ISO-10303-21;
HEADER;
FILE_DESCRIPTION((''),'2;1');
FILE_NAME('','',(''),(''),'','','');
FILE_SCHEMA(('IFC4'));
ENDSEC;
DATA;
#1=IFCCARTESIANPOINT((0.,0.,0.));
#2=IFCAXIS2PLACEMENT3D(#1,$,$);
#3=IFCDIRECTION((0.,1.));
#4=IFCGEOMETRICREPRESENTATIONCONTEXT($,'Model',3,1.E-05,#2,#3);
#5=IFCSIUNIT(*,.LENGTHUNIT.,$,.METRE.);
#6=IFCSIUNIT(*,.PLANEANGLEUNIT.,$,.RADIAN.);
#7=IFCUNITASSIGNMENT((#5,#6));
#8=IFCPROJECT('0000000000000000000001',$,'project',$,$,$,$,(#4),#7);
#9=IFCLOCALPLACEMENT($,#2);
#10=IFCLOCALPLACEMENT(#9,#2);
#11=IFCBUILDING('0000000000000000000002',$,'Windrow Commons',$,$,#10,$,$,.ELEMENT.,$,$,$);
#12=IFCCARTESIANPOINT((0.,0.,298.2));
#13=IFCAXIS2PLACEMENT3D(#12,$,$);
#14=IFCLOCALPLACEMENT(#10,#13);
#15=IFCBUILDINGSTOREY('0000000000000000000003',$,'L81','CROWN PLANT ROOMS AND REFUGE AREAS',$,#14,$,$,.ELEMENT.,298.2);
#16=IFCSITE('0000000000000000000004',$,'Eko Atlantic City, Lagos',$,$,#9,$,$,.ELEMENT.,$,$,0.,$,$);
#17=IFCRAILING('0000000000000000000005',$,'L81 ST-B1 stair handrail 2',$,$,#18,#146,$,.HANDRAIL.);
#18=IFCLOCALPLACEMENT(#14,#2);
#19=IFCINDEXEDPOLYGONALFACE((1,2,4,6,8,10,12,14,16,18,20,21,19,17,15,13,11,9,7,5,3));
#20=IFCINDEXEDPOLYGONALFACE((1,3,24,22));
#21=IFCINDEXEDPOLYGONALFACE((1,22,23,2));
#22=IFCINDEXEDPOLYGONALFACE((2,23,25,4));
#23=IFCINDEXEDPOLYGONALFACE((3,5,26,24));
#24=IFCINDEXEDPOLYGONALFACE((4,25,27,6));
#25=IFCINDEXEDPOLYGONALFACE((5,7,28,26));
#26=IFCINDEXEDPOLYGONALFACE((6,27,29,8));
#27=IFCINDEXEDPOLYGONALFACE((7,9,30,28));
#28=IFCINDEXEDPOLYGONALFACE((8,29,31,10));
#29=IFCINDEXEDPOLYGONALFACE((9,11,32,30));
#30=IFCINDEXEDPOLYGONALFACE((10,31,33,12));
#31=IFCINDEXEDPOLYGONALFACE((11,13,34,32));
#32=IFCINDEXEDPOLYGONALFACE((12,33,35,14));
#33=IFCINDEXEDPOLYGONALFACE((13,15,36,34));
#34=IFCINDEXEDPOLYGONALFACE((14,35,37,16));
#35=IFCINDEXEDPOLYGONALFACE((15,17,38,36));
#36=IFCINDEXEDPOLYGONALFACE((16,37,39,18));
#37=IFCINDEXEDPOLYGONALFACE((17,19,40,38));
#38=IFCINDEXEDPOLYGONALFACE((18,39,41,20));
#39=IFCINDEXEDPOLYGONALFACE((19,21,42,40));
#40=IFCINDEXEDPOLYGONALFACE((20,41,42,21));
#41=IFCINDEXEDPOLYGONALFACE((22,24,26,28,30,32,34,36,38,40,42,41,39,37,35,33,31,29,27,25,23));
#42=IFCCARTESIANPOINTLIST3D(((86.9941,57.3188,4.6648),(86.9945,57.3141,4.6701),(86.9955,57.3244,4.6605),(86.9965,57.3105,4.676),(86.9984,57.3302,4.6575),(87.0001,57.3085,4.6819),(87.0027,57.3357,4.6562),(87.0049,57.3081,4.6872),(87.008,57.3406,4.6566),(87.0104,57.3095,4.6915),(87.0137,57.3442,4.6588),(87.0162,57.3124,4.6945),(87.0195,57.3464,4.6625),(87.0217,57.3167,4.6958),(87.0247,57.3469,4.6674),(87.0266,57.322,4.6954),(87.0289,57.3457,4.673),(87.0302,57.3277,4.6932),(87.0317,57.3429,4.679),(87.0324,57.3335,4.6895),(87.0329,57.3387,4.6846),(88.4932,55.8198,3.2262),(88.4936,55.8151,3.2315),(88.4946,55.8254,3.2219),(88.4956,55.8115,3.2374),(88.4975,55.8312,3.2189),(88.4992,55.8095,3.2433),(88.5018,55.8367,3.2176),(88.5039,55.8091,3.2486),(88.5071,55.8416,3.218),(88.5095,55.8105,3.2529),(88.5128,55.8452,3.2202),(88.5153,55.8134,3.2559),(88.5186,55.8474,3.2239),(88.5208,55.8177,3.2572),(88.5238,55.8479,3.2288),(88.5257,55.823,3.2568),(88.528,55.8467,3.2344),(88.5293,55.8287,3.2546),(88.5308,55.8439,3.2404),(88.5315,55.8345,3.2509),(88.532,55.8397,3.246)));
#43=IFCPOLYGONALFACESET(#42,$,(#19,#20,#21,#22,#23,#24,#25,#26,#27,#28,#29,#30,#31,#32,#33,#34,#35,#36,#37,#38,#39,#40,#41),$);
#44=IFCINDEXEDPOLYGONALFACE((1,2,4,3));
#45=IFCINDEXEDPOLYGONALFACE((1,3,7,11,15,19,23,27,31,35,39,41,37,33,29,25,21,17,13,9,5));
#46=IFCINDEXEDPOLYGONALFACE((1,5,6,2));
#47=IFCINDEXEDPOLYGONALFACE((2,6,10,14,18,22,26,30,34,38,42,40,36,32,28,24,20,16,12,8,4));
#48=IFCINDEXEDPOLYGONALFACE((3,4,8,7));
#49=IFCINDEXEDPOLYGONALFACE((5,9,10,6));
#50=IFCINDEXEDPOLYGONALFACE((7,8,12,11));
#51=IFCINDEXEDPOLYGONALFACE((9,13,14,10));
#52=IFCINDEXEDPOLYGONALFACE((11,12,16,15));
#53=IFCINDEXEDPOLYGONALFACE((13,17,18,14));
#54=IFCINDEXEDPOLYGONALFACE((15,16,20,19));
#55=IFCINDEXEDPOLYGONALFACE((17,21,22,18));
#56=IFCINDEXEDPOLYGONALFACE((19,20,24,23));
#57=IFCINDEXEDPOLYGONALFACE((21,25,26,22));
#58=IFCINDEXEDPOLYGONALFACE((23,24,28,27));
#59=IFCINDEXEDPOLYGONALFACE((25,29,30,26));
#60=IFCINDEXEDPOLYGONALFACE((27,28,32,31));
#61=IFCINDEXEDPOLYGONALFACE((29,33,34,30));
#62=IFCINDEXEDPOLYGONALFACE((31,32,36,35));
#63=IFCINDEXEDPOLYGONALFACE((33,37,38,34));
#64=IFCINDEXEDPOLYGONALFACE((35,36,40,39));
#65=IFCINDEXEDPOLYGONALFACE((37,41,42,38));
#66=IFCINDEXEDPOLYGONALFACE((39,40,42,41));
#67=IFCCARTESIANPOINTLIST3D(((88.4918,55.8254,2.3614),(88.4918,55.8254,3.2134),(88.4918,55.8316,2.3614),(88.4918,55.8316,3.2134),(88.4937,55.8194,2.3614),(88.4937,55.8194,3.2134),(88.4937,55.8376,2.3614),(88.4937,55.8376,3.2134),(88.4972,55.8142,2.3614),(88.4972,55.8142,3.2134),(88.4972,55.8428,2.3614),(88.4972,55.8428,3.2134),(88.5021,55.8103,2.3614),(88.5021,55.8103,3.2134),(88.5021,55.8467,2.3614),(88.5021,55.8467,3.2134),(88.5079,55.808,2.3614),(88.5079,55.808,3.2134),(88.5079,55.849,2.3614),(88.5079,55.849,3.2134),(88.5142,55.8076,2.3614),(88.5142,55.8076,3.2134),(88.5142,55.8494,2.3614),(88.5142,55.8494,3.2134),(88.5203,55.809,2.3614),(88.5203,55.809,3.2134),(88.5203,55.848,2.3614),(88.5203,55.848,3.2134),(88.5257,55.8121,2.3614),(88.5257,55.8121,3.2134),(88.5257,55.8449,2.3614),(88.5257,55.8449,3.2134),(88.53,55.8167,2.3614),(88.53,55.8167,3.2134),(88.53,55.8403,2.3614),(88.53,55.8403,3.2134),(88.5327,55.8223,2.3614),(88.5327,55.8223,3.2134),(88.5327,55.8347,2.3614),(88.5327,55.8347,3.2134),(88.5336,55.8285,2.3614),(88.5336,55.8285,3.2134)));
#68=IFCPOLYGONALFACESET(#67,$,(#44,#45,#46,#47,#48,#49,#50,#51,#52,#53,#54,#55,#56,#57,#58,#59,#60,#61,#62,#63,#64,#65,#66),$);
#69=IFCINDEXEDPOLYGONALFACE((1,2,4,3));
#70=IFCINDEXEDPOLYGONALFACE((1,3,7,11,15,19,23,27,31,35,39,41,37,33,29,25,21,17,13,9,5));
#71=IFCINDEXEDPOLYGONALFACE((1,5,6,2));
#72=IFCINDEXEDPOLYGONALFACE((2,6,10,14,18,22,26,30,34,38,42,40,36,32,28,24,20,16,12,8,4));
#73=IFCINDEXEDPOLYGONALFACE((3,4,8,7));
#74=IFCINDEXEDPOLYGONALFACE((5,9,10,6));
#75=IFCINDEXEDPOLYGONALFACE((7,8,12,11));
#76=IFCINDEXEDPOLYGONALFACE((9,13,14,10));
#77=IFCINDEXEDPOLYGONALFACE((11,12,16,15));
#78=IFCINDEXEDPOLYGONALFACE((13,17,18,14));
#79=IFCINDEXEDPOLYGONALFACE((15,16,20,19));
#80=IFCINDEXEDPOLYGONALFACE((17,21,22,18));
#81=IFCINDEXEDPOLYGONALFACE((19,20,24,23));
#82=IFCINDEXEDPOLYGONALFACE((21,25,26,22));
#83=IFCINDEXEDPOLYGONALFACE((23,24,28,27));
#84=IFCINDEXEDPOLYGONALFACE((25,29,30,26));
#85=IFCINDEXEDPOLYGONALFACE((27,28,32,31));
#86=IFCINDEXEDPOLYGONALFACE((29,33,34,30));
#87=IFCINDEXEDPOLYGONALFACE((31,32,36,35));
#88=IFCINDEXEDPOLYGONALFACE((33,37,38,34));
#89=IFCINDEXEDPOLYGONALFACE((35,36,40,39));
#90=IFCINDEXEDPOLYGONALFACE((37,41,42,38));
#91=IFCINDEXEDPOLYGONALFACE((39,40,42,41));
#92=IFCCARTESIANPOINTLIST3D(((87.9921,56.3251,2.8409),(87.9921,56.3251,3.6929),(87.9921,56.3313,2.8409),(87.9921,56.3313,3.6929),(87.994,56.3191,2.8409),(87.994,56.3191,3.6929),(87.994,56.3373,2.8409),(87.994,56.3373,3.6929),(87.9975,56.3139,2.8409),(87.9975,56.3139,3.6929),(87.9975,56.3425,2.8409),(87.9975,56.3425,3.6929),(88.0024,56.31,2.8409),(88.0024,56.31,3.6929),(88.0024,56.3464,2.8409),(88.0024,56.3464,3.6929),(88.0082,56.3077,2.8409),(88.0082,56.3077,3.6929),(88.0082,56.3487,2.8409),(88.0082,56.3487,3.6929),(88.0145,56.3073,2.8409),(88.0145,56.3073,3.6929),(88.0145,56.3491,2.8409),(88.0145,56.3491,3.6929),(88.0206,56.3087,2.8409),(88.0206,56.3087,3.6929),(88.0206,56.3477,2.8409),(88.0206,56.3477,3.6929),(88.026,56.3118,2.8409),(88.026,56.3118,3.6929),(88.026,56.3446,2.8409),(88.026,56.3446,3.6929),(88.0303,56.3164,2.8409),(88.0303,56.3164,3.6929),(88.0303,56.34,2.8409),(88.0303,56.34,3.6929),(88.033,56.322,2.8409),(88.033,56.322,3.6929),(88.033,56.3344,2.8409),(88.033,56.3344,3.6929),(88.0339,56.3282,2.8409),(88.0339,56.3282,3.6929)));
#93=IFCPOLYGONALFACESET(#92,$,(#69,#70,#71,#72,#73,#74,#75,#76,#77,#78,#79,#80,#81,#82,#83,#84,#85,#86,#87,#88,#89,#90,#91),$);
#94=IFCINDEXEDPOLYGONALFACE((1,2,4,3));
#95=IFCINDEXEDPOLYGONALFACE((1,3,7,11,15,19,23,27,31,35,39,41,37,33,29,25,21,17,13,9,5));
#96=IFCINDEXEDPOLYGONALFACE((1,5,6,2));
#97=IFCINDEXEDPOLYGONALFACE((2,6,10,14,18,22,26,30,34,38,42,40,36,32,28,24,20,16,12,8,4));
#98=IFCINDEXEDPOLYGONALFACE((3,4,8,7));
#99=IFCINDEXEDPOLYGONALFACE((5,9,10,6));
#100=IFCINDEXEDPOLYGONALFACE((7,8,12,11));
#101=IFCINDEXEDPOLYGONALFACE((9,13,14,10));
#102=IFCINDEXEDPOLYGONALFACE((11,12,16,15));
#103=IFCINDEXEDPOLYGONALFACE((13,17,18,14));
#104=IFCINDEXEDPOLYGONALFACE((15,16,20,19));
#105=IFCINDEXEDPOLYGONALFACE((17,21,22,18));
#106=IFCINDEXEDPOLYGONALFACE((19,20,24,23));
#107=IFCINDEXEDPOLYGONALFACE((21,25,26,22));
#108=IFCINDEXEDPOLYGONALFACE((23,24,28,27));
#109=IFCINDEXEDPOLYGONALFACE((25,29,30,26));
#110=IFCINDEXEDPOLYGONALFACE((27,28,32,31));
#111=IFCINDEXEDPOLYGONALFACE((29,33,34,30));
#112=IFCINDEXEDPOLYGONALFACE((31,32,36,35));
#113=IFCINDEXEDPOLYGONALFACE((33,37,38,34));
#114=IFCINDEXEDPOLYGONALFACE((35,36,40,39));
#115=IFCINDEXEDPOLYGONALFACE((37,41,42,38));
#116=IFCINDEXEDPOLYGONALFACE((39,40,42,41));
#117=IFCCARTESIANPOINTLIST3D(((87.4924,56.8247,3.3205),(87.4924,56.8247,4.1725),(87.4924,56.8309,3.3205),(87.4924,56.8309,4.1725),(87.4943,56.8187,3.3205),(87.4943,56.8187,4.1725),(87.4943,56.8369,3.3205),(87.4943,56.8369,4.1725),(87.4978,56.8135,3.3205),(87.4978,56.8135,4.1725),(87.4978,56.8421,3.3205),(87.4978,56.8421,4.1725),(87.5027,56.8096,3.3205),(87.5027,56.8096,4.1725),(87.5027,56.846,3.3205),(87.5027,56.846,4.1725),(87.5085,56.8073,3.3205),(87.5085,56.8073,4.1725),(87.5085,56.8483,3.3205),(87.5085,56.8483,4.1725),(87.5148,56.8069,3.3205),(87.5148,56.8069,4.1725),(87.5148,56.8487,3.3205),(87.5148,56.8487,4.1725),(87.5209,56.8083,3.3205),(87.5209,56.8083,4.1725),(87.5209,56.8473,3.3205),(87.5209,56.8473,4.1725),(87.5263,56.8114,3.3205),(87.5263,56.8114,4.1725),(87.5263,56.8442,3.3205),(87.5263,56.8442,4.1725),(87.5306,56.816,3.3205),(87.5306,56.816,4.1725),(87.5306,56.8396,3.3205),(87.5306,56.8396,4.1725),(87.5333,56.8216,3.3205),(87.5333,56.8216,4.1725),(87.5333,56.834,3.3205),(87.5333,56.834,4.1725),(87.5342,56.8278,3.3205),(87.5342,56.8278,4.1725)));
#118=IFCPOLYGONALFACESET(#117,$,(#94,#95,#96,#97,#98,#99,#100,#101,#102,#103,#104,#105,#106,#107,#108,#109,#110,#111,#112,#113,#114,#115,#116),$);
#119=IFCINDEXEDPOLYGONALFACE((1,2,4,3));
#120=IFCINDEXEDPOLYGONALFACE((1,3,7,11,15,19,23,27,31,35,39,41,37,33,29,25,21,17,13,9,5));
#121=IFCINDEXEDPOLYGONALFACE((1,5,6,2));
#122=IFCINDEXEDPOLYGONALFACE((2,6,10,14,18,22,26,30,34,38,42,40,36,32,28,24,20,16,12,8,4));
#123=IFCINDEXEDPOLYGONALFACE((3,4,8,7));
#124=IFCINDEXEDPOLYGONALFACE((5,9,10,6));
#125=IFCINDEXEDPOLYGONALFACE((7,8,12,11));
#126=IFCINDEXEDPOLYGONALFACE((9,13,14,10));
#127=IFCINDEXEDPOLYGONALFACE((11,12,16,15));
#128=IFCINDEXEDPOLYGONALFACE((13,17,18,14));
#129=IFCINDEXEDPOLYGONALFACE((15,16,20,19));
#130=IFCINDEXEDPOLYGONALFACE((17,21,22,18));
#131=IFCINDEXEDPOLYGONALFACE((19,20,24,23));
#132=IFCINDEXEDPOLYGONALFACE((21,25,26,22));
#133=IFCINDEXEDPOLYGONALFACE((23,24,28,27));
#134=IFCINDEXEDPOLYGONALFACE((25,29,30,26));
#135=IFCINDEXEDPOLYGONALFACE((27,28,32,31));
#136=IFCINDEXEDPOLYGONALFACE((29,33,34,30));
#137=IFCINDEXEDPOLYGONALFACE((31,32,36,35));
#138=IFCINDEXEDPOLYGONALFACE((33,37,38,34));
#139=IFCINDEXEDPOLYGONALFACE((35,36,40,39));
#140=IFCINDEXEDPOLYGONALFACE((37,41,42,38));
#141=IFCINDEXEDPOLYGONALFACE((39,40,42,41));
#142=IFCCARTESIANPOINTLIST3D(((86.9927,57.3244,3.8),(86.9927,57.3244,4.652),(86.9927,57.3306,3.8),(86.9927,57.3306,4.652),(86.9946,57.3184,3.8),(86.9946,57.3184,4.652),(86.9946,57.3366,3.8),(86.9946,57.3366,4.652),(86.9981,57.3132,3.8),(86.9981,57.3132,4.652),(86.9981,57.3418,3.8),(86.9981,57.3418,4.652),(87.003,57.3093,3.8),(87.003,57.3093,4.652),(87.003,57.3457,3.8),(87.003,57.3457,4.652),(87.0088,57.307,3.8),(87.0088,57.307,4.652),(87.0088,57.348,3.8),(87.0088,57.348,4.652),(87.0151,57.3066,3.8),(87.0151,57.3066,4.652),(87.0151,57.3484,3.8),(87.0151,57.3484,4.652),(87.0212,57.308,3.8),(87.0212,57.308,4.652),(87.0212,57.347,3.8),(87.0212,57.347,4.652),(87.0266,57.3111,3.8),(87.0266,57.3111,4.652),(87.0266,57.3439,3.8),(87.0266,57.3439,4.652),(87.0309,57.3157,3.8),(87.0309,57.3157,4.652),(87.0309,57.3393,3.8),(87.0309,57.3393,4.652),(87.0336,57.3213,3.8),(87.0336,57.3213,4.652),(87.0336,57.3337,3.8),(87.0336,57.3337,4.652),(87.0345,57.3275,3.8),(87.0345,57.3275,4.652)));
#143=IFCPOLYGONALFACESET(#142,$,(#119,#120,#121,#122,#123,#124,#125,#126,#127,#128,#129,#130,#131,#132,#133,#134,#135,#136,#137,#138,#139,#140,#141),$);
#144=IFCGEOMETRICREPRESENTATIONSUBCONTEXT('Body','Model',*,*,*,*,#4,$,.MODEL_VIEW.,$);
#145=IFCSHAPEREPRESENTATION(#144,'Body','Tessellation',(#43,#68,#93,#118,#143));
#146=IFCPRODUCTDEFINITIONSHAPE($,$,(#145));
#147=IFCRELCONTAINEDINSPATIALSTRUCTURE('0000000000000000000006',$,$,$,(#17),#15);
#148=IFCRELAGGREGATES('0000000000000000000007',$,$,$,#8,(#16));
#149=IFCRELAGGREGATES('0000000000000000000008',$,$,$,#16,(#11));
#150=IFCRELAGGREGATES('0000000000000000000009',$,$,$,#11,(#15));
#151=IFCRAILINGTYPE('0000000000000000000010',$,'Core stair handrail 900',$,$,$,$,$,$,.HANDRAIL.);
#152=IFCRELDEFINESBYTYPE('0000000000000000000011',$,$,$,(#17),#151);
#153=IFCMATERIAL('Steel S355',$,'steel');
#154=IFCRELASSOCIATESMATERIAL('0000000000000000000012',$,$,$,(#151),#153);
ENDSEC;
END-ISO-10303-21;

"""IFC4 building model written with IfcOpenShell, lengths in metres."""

from ifc_helpers import new_model, si_unit, direction, frame, origin, origin_2d, place, context, subcontext, project, spatial, circle, extrude, material, type_object, element, save


model = new_model("IFC4")

# Units and contexts
model_context = context("Model", 3, precision=1e-05, world=origin(), true_north=direction((0.0, 1.0)))
body_context = subcontext(model_context, "Body", "Model", "MODEL_VIEW")
ifc_project = project(units=[si_unit("LENGTHUNIT", "METRE"), si_unit("PLANEANGLEUNIT", "RADIAN")], contexts=[model_context])

# Site, building, storey
site_placement = place(None, origin())
site = spatial("IfcSite", under=ifc_project, at=site_placement, Name="Eko Atlantic City, Lagos", CompositionType="ELEMENT", RefElevation=0.0)
building_placement = place(site_placement, origin())
building = spatial("IfcBuilding", under=site, at=building_placement, Name="Windrow Commons", CompositionType="ELEMENT")
storey_placement = place(building_placement, frame((0.0, 0.0, 298.2)))
storey = spatial("IfcBuildingStorey", under=building, at=storey_placement, Name="L81", Description="CROWN PLANT ROOMS AND REFUGE AREAS", CompositionType="ELEMENT", Elevation=298.2)

# Railing
ifc_material_1 = material(Name="Steel S355", Category="steel")
railing_type_1 = type_object("IfcRailingType", Name="Core stair handrail 900", PredefinedType="HANDRAIL", material=ifc_material_1)
railing_1_placement = place(storey_placement, frame((88.5126, 55.8285, 2.3614)))
element("IfcRailing", 1, at=railing_1_placement, inside=storey, type_object=railing_type_1, Name="L81 ST-B1 stair handrail 2", PredefinedType="HANDRAIL", context=body_context, shape_type="SweptSolid", body=[
    extrude(circle(Radius=0.024, at=origin_2d()), frame((0.0, 0.0, 0.876), z_axis=(-0.585128, 0.585089, 0.561513), x_axis=(-0.707083, -0.70713, 0.0)), (0.0, 0.0, 1.0), 2.562),
    extrude(circle(Radius=0.021, at=origin_2d()), origin(), (0.0, 0.0, 1.0), 0.852),
    extrude(circle(Radius=0.021, at=origin_2d()), frame((-0.4997, 0.4997, 0.4795)), (0.0, 0.0, 1.0), 0.852),
    extrude(circle(Radius=0.021, at=origin_2d()), frame((-0.9994, 0.9993, 0.9591)), (0.0, 0.0, 1.0), 0.852),
    extrude(circle(Radius=0.021, at=origin_2d()), frame((-1.4991, 1.499, 1.4386)), (0.0, 0.0, 1.0), 0.852),
])

save(model, "model.ifc")
